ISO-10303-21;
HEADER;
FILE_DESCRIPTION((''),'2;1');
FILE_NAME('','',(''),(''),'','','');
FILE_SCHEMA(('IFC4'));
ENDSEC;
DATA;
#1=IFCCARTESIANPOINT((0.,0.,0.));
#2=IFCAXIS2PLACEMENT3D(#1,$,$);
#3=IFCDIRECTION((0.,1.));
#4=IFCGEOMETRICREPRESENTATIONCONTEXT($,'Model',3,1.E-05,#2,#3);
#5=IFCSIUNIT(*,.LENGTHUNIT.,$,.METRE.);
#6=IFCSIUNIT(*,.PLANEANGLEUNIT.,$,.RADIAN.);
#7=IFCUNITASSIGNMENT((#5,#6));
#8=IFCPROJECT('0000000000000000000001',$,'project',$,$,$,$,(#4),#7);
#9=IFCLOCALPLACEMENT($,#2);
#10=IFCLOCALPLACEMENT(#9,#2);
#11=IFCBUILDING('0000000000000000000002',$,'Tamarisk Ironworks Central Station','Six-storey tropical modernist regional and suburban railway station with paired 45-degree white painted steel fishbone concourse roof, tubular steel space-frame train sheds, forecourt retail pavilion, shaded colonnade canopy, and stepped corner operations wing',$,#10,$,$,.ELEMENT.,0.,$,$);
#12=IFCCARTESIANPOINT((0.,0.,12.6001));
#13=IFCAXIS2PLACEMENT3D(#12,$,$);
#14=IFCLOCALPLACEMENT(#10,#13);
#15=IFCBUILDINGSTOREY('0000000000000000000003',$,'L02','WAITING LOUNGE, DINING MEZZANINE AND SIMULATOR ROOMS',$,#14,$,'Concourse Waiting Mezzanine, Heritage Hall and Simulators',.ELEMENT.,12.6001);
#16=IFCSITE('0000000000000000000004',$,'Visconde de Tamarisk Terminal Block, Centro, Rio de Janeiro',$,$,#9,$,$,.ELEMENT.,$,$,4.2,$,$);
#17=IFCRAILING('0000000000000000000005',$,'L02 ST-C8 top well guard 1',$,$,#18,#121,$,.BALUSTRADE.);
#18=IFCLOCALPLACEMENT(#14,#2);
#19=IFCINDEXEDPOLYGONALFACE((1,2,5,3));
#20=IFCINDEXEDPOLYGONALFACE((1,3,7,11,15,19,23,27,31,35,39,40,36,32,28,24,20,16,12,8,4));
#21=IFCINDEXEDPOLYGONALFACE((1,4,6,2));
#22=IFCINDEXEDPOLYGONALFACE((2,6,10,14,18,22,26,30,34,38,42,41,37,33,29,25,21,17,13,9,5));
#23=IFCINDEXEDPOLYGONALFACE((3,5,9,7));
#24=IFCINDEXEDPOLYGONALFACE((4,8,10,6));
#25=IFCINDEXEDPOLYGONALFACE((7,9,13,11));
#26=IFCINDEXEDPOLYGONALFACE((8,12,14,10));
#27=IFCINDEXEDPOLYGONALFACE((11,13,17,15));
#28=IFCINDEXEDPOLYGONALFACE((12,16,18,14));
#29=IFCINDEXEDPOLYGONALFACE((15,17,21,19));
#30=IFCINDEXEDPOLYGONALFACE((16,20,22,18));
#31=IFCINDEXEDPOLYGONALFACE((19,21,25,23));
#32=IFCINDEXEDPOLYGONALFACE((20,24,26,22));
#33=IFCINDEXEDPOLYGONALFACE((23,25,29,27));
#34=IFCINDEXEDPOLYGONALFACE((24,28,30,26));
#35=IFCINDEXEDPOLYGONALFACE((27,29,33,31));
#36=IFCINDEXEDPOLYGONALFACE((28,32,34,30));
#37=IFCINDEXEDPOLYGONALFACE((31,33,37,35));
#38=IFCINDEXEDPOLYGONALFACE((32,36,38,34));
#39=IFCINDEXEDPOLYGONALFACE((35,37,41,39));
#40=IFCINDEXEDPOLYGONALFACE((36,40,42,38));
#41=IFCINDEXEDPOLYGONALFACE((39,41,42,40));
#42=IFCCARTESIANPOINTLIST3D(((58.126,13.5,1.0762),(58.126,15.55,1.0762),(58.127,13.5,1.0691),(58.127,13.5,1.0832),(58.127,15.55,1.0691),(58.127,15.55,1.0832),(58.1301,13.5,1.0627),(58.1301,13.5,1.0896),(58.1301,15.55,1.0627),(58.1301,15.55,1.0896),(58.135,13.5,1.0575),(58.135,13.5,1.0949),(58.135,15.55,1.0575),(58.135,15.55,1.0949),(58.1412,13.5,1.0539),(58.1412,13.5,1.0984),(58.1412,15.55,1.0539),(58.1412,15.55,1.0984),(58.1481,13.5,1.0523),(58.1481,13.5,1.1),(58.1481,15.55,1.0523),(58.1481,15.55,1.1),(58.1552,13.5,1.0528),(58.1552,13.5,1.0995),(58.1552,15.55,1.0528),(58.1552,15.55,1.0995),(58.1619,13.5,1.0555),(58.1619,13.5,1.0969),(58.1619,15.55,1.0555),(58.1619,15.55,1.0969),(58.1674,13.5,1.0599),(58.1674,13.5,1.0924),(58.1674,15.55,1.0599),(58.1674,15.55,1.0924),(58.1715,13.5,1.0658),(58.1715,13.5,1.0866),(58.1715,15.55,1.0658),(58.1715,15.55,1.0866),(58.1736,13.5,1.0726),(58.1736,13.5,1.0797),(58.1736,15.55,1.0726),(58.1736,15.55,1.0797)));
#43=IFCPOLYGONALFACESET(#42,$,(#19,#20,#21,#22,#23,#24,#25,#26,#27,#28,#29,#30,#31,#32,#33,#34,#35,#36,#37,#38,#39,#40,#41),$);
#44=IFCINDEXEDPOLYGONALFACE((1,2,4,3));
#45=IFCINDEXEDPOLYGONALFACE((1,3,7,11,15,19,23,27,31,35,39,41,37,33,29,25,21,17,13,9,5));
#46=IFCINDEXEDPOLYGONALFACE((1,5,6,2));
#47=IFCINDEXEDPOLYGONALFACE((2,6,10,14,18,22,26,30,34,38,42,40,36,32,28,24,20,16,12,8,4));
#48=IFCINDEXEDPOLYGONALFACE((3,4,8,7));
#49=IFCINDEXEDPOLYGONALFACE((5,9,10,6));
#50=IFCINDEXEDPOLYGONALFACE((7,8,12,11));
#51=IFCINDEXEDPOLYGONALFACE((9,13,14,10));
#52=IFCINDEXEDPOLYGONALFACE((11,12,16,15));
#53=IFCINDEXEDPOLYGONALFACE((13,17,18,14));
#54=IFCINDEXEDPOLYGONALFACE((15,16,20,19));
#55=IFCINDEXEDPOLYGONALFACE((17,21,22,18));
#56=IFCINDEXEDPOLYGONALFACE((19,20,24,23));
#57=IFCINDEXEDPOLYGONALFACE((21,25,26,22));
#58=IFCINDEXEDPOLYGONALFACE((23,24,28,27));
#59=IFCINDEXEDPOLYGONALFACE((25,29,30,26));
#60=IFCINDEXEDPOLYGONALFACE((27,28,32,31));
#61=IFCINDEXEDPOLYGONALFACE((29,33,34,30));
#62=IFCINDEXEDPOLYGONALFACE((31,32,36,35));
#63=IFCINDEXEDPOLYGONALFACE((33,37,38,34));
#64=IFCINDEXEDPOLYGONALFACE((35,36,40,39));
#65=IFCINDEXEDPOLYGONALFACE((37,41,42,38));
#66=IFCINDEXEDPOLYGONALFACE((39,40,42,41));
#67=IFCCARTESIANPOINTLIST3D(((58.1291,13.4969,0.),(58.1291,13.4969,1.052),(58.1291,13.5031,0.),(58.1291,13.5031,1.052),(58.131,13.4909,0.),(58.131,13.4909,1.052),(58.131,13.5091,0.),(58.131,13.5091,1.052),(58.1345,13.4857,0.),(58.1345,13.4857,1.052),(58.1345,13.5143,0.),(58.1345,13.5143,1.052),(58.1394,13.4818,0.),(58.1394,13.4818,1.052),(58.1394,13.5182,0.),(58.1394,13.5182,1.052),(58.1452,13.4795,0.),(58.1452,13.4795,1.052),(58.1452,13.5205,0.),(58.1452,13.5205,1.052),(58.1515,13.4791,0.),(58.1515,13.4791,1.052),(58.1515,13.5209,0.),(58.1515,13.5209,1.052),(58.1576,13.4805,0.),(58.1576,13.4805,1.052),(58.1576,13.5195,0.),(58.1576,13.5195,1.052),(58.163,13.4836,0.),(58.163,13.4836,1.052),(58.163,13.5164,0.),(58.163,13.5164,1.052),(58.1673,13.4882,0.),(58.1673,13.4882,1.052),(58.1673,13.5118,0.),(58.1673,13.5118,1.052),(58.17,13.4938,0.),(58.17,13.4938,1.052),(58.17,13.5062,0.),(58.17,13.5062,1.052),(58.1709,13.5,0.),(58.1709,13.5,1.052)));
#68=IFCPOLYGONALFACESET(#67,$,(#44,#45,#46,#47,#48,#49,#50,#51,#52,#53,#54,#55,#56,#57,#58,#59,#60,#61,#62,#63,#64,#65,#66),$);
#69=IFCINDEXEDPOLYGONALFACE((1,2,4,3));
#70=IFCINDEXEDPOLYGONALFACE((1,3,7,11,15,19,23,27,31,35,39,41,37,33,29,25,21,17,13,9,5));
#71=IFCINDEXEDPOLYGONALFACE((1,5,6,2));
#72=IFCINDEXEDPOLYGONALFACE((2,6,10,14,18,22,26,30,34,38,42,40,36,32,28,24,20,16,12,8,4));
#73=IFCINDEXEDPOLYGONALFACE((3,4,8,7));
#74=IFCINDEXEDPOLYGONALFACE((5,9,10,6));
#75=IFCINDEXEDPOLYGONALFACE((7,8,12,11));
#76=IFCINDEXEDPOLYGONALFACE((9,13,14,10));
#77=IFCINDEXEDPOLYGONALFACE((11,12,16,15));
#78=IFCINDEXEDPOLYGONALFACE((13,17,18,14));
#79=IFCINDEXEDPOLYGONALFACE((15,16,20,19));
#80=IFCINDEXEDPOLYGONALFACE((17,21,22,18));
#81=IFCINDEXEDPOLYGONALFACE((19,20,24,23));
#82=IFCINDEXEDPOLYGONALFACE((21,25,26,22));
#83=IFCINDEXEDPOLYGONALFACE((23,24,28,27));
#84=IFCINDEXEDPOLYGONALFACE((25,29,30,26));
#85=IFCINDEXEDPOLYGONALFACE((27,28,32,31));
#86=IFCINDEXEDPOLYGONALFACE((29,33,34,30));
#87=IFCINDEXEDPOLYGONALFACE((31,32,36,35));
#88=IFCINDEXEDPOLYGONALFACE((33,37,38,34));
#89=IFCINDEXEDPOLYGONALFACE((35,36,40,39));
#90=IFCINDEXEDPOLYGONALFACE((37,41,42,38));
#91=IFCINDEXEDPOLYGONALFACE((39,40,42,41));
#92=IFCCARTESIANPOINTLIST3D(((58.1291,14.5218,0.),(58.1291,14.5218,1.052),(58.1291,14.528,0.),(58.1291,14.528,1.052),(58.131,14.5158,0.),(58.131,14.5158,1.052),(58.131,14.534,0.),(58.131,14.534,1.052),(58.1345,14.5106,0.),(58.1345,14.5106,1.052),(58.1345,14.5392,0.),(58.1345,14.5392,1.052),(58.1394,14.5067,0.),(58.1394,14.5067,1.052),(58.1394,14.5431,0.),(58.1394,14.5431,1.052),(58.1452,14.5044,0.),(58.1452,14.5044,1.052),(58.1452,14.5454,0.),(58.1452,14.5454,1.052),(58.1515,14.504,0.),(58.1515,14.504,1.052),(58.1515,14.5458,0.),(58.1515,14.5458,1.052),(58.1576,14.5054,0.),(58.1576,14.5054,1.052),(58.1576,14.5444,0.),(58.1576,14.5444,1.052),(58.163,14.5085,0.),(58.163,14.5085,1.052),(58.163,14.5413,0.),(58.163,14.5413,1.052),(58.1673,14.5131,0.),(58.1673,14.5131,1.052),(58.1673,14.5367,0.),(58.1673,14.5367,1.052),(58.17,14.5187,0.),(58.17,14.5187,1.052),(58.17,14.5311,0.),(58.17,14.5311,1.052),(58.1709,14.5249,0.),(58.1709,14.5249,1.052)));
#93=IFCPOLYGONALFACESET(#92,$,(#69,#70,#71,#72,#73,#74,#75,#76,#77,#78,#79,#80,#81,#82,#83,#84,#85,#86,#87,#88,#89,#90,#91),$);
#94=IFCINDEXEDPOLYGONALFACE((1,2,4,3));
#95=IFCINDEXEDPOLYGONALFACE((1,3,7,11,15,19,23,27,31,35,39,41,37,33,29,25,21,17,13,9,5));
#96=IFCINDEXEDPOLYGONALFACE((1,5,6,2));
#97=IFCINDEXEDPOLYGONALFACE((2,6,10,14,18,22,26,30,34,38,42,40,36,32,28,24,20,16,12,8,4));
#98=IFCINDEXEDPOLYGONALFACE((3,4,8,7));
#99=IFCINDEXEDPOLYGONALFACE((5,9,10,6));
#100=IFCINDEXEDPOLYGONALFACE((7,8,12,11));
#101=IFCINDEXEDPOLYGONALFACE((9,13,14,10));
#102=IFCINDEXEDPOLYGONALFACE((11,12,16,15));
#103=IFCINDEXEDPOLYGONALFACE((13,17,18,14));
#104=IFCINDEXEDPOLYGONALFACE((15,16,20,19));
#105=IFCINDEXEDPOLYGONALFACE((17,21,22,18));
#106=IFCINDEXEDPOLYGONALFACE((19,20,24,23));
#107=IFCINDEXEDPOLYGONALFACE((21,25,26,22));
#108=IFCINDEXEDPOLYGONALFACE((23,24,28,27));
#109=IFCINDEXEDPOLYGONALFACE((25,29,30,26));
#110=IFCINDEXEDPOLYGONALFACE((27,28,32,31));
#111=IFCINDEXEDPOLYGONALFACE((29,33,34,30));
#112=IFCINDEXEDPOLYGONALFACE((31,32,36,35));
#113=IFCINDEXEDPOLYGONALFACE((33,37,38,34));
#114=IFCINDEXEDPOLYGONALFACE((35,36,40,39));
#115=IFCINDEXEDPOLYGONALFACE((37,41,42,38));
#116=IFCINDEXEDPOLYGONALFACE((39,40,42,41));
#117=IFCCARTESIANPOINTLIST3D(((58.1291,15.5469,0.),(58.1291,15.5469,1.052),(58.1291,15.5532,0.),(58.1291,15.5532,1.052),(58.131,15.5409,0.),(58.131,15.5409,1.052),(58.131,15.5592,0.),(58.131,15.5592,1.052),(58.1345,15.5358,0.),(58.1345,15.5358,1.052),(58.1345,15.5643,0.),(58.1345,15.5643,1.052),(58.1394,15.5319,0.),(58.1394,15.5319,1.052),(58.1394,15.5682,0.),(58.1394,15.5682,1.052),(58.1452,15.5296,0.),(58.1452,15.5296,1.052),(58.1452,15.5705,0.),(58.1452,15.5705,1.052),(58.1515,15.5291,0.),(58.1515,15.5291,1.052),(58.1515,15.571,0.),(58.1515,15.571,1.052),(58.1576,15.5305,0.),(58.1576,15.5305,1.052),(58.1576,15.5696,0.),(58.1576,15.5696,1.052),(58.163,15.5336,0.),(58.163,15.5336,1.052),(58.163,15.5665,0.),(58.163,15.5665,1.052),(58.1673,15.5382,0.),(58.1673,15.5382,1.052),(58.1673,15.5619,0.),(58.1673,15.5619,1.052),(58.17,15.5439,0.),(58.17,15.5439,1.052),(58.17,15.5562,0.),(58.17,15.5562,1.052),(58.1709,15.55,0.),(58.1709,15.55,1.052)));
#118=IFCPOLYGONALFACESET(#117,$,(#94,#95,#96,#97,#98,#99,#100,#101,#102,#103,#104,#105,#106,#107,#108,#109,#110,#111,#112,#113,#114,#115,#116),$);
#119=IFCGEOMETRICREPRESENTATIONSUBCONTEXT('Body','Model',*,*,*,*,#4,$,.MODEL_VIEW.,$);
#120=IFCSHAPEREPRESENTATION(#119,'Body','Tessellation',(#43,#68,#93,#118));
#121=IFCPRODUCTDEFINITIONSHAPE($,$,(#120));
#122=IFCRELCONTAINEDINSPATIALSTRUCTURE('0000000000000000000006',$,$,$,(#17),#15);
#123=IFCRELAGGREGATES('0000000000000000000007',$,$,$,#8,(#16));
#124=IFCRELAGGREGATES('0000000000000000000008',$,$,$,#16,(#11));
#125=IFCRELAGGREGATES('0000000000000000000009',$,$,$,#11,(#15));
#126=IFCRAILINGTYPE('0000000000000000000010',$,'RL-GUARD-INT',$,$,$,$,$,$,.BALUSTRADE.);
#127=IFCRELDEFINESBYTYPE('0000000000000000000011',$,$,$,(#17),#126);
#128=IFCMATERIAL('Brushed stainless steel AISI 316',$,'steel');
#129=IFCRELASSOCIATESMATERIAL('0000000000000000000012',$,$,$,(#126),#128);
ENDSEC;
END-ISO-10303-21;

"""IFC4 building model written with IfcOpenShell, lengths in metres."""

from ifc_helpers import new_model, si_unit, direction, frame, origin, origin_2d, place, context, subcontext, project, spatial, circle, extrude, material, type_object, element, save


model = new_model("IFC4")

# Units and contexts
model_context = context("Model", 3, precision=1e-05, world=origin(), true_north=direction((0.0, 1.0)))
body_context = subcontext(model_context, "Body", "Model", "MODEL_VIEW")
ifc_project = project(units=[si_unit("LENGTHUNIT", "METRE"), si_unit("PLANEANGLEUNIT", "RADIAN")], contexts=[model_context])

# Site, building, storey
site_placement = place(None, origin())
site = spatial("IfcSite", under=ifc_project, at=site_placement, Name="Visconde de Tamarisk Terminal Block, Centro, Rio de Janeiro", CompositionType="ELEMENT", RefElevation=4.2)
building_placement = place(site_placement, origin())
building = spatial("IfcBuilding", under=site, at=building_placement, Name="Tamarisk Ironworks Central Station", Description="Six-storey tropical modernist regional and suburban railway station with paired 45-degree white painted steel fishbone concourse roof, tubular steel space-frame train sheds, forecourt retail pavilion, shaded colonnade canopy, and stepped corner operations wing", CompositionType="ELEMENT", ElevationOfRefHeight=0.0)
storey_placement = place(building_placement, frame((0.0, 0.0, 12.6001)))
storey = spatial("IfcBuildingStorey", under=building, at=storey_placement, Name="L02", Description="WAITING LOUNGE, DINING MEZZANINE AND SIMULATOR ROOMS", LongName="Concourse Waiting Mezzanine, Heritage Hall and Simulators", CompositionType="ELEMENT", Elevation=12.6001)

# Railing
ifc_material_1 = material(Name="Brushed stainless steel AISI 316", Category="steel")
railing_type = type_object("IfcRailingType", Name="RL-GUARD-INT", PredefinedType="BALUSTRADE", material=ifc_material_1)
railing_placement = place(storey_placement, frame((58.1499, 13.5, 0.0)))
element("IfcRailing", 1, at=railing_placement, inside=storey, type_object=railing_type, Name="L02 ST-C8 top well guard 1", PredefinedType="BALUSTRADE", context=body_context, shape_type="SweptSolid", body=[
    extrude(circle(Radius=0.0239, at=origin_2d()), frame((0.0, 0.0, 1.0762), z_axis=(0.0, 1.0, 0.0), x_axis=(-1.0, 0.0, 0.0)), (0.0, 0.0, 1.0), 2.05),
    extrude(circle(Radius=0.021, at=origin_2d()), origin(), (0.0, 0.0, 1.0), 1.052),
    extrude(circle(Radius=0.021, at=origin_2d()), frame((0.0, 1.0249, 0.0)), (0.0, 0.0, 1.0), 1.052),
    extrude(circle(Radius=0.021, at=origin_2d()), frame((0.0, 2.05, 0.0)), (0.0, 0.0, 1.0), 1.052),
])

save(model, "model.ifc")
